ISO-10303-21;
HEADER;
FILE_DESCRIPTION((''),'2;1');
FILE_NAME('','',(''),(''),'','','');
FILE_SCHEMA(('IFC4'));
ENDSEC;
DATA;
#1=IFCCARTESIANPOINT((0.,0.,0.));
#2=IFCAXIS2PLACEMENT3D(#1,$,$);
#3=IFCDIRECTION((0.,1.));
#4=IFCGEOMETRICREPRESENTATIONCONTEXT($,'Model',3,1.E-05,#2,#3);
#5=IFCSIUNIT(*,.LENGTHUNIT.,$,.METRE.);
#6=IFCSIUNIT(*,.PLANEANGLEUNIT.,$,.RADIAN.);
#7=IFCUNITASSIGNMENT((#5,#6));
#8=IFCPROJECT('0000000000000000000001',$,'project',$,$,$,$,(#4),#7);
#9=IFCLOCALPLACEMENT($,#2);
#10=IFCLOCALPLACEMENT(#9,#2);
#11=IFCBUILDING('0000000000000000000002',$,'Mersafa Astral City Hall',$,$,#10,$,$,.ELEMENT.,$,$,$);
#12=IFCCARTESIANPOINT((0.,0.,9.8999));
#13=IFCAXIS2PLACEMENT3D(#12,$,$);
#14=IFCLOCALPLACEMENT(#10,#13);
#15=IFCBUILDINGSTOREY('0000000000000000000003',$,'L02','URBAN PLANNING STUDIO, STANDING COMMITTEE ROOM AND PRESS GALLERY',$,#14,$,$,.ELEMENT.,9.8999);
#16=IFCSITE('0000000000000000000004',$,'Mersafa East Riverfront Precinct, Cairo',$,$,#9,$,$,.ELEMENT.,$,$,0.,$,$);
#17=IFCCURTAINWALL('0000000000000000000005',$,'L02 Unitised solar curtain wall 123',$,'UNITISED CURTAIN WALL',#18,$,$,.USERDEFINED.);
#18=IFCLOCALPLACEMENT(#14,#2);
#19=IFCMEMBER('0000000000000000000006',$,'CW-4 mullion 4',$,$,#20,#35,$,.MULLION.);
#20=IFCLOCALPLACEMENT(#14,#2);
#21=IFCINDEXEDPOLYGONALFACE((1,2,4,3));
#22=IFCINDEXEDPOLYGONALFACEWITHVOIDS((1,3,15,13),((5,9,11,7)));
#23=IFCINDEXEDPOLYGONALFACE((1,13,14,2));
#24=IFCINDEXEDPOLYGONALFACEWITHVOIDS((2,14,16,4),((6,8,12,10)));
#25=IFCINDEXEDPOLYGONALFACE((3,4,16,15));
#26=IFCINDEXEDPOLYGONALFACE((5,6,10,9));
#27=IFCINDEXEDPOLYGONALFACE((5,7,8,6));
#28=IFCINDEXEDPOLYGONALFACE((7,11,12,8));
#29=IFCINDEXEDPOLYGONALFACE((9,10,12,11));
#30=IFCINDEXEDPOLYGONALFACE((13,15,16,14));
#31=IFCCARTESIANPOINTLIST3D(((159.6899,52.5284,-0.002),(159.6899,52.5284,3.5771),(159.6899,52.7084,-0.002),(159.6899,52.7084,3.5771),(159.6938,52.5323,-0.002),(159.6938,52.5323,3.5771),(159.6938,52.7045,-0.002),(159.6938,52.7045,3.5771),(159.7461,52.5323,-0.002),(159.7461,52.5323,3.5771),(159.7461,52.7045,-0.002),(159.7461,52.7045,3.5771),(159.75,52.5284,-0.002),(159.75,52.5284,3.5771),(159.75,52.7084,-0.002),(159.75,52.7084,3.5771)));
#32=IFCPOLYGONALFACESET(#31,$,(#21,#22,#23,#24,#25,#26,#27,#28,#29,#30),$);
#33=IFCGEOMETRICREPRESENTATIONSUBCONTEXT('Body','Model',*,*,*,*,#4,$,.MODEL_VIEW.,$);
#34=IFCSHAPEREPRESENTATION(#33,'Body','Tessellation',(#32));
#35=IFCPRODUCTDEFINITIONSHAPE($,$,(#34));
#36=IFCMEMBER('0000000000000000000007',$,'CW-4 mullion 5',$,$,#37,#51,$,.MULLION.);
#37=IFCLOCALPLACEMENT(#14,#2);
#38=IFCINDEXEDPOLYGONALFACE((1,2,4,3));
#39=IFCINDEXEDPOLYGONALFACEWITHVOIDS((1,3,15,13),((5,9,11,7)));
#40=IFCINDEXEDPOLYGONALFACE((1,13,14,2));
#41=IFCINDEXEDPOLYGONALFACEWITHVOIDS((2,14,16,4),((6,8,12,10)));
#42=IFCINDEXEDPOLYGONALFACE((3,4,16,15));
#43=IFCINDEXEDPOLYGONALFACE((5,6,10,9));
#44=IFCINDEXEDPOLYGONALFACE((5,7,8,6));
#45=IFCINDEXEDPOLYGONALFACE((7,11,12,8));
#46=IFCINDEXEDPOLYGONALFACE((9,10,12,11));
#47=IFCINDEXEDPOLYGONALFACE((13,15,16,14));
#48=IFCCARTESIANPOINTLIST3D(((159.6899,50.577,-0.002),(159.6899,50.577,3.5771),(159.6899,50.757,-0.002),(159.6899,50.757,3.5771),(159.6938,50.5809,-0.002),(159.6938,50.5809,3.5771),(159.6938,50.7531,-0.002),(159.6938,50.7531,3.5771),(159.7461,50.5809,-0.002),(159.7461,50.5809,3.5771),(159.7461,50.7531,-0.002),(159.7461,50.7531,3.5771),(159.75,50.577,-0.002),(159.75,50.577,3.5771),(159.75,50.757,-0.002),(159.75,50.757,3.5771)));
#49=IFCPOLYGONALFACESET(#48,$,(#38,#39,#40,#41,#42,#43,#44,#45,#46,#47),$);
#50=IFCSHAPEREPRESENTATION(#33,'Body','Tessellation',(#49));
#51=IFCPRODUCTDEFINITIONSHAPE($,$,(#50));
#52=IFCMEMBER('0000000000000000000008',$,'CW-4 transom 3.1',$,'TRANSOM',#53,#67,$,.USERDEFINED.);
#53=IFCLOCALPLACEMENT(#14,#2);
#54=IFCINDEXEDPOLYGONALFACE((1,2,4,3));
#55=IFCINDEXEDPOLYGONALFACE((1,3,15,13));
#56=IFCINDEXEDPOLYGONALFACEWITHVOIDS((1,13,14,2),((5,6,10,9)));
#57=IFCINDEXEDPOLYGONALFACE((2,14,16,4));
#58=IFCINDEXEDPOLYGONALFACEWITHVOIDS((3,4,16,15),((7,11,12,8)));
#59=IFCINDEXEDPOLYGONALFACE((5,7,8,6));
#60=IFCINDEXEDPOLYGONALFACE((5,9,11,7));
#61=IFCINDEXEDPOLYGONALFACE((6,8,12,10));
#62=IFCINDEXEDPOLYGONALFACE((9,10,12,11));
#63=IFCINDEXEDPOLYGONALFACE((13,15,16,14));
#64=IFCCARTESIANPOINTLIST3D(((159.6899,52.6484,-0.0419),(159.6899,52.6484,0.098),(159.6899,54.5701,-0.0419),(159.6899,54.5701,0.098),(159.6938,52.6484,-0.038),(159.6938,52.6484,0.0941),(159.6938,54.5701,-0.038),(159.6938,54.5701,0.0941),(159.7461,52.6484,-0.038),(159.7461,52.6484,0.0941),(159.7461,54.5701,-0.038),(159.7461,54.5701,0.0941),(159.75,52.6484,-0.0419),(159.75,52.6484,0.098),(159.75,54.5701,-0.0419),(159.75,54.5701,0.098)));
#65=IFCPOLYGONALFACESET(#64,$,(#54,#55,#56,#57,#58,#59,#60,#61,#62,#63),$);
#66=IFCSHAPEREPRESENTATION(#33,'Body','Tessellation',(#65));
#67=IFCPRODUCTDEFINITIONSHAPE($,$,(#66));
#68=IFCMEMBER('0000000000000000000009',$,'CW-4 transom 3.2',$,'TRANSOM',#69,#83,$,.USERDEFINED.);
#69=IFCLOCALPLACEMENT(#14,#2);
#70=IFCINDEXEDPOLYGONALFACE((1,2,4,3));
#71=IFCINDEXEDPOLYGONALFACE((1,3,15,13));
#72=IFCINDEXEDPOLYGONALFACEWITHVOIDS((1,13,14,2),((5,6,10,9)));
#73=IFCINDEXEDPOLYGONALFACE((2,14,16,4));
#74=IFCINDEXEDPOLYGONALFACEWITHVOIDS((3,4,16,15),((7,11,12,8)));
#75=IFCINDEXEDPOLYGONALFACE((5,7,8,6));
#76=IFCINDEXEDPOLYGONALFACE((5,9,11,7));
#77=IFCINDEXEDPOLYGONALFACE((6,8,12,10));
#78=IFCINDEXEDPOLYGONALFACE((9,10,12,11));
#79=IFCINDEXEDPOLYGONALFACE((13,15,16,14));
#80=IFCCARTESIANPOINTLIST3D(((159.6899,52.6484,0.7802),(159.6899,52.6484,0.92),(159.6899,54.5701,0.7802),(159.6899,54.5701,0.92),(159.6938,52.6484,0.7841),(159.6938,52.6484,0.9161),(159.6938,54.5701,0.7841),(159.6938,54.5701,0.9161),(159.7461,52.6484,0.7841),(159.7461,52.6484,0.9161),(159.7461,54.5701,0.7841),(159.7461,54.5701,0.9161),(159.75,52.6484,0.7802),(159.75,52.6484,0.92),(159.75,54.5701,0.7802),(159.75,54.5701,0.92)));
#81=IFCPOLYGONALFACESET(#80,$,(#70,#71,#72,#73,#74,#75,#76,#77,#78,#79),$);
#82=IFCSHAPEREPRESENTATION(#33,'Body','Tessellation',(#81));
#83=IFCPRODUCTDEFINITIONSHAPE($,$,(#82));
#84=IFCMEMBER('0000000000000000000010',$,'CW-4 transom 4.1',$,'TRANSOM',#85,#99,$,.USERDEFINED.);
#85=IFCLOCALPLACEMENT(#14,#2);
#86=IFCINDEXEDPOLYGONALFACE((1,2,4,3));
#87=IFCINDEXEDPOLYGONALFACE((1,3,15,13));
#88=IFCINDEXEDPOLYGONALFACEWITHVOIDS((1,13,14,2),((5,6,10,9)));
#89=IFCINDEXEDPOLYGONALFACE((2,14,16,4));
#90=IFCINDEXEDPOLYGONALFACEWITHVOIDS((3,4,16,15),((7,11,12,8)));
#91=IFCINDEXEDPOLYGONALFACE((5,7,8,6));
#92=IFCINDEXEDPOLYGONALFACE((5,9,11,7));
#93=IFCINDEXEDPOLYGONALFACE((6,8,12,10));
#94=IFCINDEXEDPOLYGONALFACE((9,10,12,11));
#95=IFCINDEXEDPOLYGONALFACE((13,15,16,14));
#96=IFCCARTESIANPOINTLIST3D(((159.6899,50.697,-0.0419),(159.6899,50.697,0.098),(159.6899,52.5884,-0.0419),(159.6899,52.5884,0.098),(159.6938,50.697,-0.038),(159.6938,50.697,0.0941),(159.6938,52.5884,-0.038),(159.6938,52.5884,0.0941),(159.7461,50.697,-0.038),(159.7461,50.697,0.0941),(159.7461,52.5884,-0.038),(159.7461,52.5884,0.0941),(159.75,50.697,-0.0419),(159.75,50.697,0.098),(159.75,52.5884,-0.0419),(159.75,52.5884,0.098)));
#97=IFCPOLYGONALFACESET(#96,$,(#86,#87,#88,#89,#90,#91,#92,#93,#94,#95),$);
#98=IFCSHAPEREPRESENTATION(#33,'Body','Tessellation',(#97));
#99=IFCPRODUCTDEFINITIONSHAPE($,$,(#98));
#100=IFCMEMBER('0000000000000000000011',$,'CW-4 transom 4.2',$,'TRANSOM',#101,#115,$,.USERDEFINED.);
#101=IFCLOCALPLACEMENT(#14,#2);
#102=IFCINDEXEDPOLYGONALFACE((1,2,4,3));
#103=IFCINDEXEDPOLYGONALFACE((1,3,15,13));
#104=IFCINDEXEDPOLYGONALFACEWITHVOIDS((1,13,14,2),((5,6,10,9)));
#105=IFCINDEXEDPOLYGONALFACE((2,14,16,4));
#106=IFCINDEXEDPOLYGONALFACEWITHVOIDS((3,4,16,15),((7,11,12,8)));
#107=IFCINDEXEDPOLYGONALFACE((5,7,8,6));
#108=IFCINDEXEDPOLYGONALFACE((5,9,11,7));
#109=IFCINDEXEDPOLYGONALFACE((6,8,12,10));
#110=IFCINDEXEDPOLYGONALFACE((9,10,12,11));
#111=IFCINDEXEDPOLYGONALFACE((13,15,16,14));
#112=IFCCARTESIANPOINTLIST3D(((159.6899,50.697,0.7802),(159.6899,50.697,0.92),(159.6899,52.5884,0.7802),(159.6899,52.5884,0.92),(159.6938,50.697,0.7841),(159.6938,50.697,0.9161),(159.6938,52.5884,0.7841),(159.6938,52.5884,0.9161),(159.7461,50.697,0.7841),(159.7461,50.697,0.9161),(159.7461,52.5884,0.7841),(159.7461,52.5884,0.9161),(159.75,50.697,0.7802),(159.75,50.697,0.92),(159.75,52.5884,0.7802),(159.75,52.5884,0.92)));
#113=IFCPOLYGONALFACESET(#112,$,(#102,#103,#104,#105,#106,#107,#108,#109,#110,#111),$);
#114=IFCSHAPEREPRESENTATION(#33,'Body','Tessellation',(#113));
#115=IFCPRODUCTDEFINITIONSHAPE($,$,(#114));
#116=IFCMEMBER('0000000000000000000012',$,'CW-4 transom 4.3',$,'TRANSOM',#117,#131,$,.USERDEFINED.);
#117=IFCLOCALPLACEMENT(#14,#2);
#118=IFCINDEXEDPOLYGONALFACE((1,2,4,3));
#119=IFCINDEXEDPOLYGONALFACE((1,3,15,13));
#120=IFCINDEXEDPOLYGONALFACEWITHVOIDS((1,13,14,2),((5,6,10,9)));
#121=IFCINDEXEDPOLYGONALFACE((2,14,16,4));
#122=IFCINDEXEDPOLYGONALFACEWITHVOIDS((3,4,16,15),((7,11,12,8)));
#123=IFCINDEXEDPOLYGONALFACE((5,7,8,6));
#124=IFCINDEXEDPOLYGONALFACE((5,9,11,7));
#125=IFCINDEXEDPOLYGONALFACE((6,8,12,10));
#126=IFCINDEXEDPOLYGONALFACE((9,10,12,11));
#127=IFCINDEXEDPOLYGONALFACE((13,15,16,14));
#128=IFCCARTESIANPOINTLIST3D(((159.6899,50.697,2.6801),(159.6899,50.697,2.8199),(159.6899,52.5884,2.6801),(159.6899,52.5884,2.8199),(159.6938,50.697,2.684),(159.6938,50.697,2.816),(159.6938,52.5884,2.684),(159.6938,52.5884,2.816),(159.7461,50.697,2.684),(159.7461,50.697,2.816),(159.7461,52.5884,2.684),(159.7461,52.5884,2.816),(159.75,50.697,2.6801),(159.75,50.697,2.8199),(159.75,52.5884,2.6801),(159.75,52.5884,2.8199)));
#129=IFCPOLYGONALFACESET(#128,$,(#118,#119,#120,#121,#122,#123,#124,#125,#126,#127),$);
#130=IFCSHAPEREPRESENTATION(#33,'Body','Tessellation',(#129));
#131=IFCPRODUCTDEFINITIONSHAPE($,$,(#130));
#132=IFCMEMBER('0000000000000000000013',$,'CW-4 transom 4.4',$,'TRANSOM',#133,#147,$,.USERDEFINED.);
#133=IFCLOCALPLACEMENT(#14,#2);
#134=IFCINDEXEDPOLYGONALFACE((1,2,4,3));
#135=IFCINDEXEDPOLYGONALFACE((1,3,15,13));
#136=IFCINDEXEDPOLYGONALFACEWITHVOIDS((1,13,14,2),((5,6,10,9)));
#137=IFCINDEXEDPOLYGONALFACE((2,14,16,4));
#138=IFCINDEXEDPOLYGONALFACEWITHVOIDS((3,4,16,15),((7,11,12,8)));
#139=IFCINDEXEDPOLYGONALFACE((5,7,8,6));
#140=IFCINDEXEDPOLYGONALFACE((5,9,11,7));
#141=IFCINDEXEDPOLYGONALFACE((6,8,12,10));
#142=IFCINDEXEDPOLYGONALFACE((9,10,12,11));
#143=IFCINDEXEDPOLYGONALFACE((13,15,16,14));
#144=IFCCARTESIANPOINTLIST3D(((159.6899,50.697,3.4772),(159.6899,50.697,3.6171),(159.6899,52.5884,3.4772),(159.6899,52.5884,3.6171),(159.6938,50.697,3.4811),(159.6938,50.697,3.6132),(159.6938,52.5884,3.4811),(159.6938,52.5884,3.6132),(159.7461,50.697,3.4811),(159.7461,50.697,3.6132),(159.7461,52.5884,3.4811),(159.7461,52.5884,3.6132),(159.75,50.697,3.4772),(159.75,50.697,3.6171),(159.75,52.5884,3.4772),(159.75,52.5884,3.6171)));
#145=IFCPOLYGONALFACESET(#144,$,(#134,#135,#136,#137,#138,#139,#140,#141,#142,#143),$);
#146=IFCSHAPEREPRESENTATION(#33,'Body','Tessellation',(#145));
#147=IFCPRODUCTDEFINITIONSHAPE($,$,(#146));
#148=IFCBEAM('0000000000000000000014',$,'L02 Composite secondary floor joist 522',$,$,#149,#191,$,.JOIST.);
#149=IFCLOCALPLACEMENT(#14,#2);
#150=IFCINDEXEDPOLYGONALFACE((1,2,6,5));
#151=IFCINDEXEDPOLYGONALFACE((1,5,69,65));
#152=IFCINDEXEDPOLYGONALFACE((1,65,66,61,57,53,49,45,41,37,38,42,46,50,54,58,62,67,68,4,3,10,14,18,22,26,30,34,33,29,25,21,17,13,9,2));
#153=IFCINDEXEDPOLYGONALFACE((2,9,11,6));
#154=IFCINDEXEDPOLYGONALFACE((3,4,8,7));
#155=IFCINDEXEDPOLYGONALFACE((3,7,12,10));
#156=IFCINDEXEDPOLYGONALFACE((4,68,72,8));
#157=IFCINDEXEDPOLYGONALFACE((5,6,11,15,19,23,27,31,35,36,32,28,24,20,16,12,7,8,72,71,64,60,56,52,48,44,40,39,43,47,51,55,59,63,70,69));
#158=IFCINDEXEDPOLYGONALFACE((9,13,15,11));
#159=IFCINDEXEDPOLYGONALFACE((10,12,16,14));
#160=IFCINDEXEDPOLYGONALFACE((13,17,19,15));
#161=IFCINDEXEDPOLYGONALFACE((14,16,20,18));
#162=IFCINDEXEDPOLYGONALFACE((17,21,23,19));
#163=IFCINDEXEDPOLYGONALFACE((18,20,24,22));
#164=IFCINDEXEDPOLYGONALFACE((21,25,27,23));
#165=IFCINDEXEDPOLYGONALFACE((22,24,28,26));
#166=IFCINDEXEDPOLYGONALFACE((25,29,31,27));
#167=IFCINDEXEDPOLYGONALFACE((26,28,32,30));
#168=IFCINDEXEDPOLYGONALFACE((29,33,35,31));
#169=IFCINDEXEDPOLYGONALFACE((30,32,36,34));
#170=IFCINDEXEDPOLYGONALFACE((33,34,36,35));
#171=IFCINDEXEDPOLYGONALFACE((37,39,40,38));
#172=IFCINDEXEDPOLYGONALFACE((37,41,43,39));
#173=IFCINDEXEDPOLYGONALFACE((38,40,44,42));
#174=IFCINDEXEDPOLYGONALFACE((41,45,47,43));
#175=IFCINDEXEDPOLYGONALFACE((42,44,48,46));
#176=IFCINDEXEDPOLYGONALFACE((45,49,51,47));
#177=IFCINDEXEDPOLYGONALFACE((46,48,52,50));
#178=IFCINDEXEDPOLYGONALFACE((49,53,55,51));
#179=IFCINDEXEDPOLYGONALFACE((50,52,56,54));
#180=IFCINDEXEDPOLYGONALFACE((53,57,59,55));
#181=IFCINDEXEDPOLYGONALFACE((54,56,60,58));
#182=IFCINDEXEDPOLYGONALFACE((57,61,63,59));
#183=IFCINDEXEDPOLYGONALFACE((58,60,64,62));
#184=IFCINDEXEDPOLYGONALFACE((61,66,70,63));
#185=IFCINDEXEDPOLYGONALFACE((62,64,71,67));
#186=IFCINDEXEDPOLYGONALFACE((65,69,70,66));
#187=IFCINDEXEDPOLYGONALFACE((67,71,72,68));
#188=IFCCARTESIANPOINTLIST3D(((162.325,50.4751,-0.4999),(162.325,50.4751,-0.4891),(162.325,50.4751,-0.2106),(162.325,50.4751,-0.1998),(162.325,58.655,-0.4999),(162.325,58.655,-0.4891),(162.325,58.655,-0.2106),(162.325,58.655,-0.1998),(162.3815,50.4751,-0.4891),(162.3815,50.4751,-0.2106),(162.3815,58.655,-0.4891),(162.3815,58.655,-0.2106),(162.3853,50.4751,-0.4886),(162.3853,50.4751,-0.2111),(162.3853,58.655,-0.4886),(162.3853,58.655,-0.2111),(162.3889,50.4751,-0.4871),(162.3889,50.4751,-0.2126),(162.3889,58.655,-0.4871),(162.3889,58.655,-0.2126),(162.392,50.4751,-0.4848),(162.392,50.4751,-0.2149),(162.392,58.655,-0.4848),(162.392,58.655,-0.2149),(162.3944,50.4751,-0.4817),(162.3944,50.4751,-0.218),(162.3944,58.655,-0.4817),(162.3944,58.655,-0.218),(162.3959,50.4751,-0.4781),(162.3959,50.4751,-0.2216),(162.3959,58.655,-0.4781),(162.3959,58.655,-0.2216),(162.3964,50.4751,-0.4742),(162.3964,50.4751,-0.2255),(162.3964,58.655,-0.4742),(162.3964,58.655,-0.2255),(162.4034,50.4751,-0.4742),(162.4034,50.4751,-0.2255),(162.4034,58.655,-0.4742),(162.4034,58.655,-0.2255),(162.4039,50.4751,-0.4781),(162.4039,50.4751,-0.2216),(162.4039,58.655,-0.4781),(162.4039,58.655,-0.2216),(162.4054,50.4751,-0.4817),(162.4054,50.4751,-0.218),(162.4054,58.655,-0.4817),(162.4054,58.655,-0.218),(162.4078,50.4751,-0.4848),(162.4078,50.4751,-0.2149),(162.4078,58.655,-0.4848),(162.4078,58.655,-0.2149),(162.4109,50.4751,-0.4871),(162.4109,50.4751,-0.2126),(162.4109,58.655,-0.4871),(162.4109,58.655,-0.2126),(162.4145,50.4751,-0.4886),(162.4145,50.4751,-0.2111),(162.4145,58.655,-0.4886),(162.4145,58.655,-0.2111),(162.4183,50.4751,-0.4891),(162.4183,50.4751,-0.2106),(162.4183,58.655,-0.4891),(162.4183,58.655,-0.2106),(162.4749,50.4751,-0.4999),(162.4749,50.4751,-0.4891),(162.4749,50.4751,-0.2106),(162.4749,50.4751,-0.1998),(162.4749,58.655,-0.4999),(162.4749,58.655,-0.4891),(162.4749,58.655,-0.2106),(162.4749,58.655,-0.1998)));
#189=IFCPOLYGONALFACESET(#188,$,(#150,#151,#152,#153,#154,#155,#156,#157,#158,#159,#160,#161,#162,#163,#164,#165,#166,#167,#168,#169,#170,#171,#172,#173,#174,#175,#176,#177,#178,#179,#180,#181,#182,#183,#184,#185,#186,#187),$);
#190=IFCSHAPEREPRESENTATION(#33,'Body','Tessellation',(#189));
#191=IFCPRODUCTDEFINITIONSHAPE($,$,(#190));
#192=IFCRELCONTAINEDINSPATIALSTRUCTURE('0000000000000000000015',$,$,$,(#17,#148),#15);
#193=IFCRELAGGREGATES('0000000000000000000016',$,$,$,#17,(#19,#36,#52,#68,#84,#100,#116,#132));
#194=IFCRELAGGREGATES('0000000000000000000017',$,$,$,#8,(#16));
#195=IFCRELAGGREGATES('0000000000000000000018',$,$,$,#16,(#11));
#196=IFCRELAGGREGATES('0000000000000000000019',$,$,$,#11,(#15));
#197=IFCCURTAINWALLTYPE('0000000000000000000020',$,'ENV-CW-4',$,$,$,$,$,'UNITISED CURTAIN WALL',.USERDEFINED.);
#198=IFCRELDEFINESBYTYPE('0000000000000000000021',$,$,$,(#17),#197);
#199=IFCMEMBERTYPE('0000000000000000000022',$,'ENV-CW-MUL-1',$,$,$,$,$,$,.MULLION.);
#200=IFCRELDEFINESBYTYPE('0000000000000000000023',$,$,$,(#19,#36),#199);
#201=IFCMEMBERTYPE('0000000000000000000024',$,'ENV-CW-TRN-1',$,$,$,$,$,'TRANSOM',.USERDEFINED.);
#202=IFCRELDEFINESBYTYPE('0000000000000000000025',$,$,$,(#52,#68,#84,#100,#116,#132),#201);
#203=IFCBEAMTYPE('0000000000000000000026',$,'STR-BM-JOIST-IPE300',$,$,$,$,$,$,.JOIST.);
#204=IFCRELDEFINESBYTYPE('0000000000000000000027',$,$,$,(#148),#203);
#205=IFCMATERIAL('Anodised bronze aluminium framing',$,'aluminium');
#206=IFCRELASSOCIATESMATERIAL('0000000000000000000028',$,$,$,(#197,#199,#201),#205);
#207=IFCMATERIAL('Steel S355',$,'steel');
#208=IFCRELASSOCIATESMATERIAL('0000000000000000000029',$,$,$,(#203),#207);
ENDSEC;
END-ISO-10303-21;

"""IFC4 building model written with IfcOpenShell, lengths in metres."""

from ifc_helpers import new_model, si_unit, direction, frame, origin, origin_2d, place, context, subcontext, project, spatial, hollow_rectangle, i_section, extrude, material, material_profile, profile_set, type_object, element, aggregate, save


model = new_model("IFC4")

# Units and contexts
model_context = context("Model", 3, precision=1e-05, world=origin(), true_north=direction((0.0, 1.0)))
body_context = subcontext(model_context, "Body", "Model", "MODEL_VIEW")
ifc_project = project(units=[si_unit("LENGTHUNIT", "METRE"), si_unit("PLANEANGLEUNIT", "RADIAN")], contexts=[model_context])

# Site, building, storey
site_placement = place(None, origin())
site = spatial("IfcSite", under=ifc_project, at=site_placement, Name="Mersafa East Riverfront Precinct, Cairo", CompositionType="ELEMENT", RefElevation=0.0)
building_placement = place(site_placement, origin())
building = spatial("IfcBuilding", under=site, at=building_placement, Name="Mersafa Astral City Hall", CompositionType="ELEMENT")
storey_placement = place(building_placement, frame((0.0, 0.0, 9.8999)))
storey = spatial("IfcBuildingStorey", under=building, at=storey_placement, Name="L02", Description="URBAN PLANNING STUDIO, STANDING COMMITTEE ROOM AND PRESS GALLERY", CompositionType="ELEMENT", Elevation=9.8999)

# Curtain wall, members
ifc_material_1 = material(Name="Anodised bronze aluminium framing", Category="aluminium")
curtain_wall_type = type_object("IfcCurtainWallType", Name="ENV-CW-4", ElementType="UNITISED CURTAIN WALL", PredefinedType="USERDEFINED", material=ifc_material_1)
curtain_wall_placement = place(storey_placement, origin())
curtain_wall = element("IfcCurtainWall", 1, at=curtain_wall_placement, inside=storey, type_object=curtain_wall_type, Name="L02 Unitised solar curtain wall 123", ObjectType="UNITISED CURTAIN WALL", PredefinedType="USERDEFINED")
ifc_material_profile_1 = material_profile(ifc_material_1, hollow_rectangle(XDim=0.0601, YDim=0.1799, WallThickness=0.0039, at=origin_2d()), Name="RHS 60x180x4")
ifc_profile_set_1 = profile_set([ifc_material_profile_1], Name="Anodised bronze aluminium framing")
member_type_1 = type_object("IfcMemberType", Name="ENV-CW-MUL-1", PredefinedType="MULLION", material=ifc_profile_set_1)
member_1_placement = place(storey_placement, frame((159.72, 52.6184, -0.002), z_axis=(0.0, 0.0, 1.0), x_axis=(1.0, 0.0, 0.0)))
member_1 = element("IfcMember", 2, at=member_1_placement, type_object=member_type_1, Name="CW-4 mullion 4", PredefinedType="MULLION", context=body_context, shape_type="SweptSolid", body=[
    extrude(hollow_rectangle(XDim=0.0601, YDim=0.1799, WallThickness=0.0039, at=origin_2d()), origin(), (0.0, 0.0, 1.0), 3.5791),
])
member_2_placement = place(storey_placement, frame((159.72, 50.667, -0.002), z_axis=(0.0, 0.0, 1.0), x_axis=(1.0, 0.0, 0.0)))
member_2 = element("IfcMember", 3, at=member_2_placement, type_object=member_type_1, Name="CW-4 mullion 5", PredefinedType="MULLION", context=body_context, shape_type="SweptSolid", body=[
    extrude(hollow_rectangle(XDim=0.0601, YDim=0.1799, WallThickness=0.0039, at=origin_2d()), origin(), (0.0, 0.0, 1.0), 3.5791),
])
ifc_material_profile_2 = material_profile(ifc_material_1, hollow_rectangle(XDim=0.0601, YDim=0.1399, WallThickness=0.0039, at=origin_2d()), Name="RHS 60x140x4")
ifc_profile_set_2 = profile_set([ifc_material_profile_2], Name="Anodised bronze aluminium framing")
member_type_2 = type_object("IfcMemberType", Name="ENV-CW-TRN-1", ElementType="TRANSOM", PredefinedType="USERDEFINED", material=ifc_profile_set_2)
member_3_placement = place(storey_placement, frame((159.72, 54.5701, 0.0281), z_axis=(0.0, -1.0, 0.0), x_axis=(1.0, 0.0, 0.0)))
member_3 = element("IfcMember", 4, at=member_3_placement, type_object=member_type_2, Name="CW-4 transom 3.1", ObjectType="TRANSOM", PredefinedType="USERDEFINED", context=body_context, shape_type="SweptSolid", body=[
    extrude(hollow_rectangle(XDim=0.0601, YDim=0.1399, WallThickness=0.0039, at=origin_2d()), origin(), (0.0, 0.0, 1.0), 1.9216),
])
member_4_placement = place(storey_placement, frame((159.72, 54.5701, 0.8501), z_axis=(0.0, -1.0, 0.0), x_axis=(1.0, 0.0, 0.0)))
member_4 = element("IfcMember", 5, at=member_4_placement, type_object=member_type_2, Name="CW-4 transom 3.2", ObjectType="TRANSOM", PredefinedType="USERDEFINED", context=body_context, shape_type="SweptSolid", body=[
    extrude(hollow_rectangle(XDim=0.0601, YDim=0.1399, WallThickness=0.0039, at=origin_2d()), origin(), (0.0, 0.0, 1.0), 1.9216),
])
member_5_placement = place(storey_placement, frame((159.72, 52.5884, 0.0281), z_axis=(0.0, -1.0, 0.0), x_axis=(1.0, 0.0, 0.0)))
member_5 = element("IfcMember", 6, at=member_5_placement, type_object=member_type_2, Name="CW-4 transom 4.1", ObjectType="TRANSOM", PredefinedType="USERDEFINED", context=body_context, shape_type="SweptSolid", body=[
    extrude(hollow_rectangle(XDim=0.0601, YDim=0.1399, WallThickness=0.0039, at=origin_2d()), origin(), (0.0, 0.0, 1.0), 1.8914),
])
member_6_placement = place(storey_placement, frame((159.72, 52.5884, 0.8501), z_axis=(0.0, -1.0, 0.0), x_axis=(1.0, 0.0, 0.0)))
member_6 = element("IfcMember", 7, at=member_6_placement, type_object=member_type_2, Name="CW-4 transom 4.2", ObjectType="TRANSOM", PredefinedType="USERDEFINED", context=body_context, shape_type="SweptSolid", body=[
    extrude(hollow_rectangle(XDim=0.0601, YDim=0.1399, WallThickness=0.0039, at=origin_2d()), origin(), (0.0, 0.0, 1.0), 1.8914),
])
member_7_placement = place(storey_placement, frame((159.72, 52.5884, 2.75), z_axis=(0.0, -1.0, 0.0), x_axis=(1.0, 0.0, 0.0)))
member_7 = element("IfcMember", 8, at=member_7_placement, type_object=member_type_2, Name="CW-4 transom 4.3", ObjectType="TRANSOM", PredefinedType="USERDEFINED", context=body_context, shape_type="SweptSolid", body=[
    extrude(hollow_rectangle(XDim=0.0601, YDim=0.1399, WallThickness=0.0039, at=origin_2d()), origin(), (0.0, 0.0, 1.0), 1.8914),
])
member_8_placement = place(storey_placement, frame((159.72, 52.5884, 3.5471), z_axis=(0.0, -1.0, 0.0), x_axis=(1.0, 0.0, 0.0)))
member_8 = element("IfcMember", 9, at=member_8_placement, type_object=member_type_2, Name="CW-4 transom 4.4", ObjectType="TRANSOM", PredefinedType="USERDEFINED", context=body_context, shape_type="SweptSolid", body=[
    extrude(hollow_rectangle(XDim=0.0601, YDim=0.1399, WallThickness=0.0039, at=origin_2d()), origin(), (0.0, 0.0, 1.0), 1.8914),
])

# Beam
ifc_material_2 = material(Name="Steel S355", Category="steel")
ifc_material_profile_3 = material_profile(ifc_material_2, i_section(OverallWidth=0.1499, OverallDepth=0.3, WebThickness=0.0071, FlangeThickness=0.0107, FilletRadius=0.0149, at=origin_2d()), Name="IPE 300")
ifc_profile_set_3 = profile_set([ifc_material_profile_3], Name="Steel S355")
beam_type_1 = type_object("IfcBeamType", Name="STR-BM-JOIST-IPE300", PredefinedType="JOIST", material=ifc_profile_set_3)
beam_1_placement = place(storey_placement, frame((162.3999, 50.4751, -0.3499), z_axis=(0.0, 1.0, 0.0), x_axis=(-1.0, 0.0, 0.0)))
element("IfcBeam", 10, at=beam_1_placement, inside=storey, type_object=beam_type_1, Name="L02 Composite secondary floor joist 522", PredefinedType="JOIST", context=body_context, shape_type="SweptSolid", body=[
    extrude(i_section(OverallWidth=0.1499, OverallDepth=0.3, WebThickness=0.0071, FlangeThickness=0.0107, FilletRadius=0.0149, at=origin_2d()), origin(), (0.0, 0.0, 1.0), 8.1799),
])

aggregate(curtain_wall, [member_1, member_2, member_3, member_4, member_5, member_6, member_7, member_8])

save(model, "model.ifc")
